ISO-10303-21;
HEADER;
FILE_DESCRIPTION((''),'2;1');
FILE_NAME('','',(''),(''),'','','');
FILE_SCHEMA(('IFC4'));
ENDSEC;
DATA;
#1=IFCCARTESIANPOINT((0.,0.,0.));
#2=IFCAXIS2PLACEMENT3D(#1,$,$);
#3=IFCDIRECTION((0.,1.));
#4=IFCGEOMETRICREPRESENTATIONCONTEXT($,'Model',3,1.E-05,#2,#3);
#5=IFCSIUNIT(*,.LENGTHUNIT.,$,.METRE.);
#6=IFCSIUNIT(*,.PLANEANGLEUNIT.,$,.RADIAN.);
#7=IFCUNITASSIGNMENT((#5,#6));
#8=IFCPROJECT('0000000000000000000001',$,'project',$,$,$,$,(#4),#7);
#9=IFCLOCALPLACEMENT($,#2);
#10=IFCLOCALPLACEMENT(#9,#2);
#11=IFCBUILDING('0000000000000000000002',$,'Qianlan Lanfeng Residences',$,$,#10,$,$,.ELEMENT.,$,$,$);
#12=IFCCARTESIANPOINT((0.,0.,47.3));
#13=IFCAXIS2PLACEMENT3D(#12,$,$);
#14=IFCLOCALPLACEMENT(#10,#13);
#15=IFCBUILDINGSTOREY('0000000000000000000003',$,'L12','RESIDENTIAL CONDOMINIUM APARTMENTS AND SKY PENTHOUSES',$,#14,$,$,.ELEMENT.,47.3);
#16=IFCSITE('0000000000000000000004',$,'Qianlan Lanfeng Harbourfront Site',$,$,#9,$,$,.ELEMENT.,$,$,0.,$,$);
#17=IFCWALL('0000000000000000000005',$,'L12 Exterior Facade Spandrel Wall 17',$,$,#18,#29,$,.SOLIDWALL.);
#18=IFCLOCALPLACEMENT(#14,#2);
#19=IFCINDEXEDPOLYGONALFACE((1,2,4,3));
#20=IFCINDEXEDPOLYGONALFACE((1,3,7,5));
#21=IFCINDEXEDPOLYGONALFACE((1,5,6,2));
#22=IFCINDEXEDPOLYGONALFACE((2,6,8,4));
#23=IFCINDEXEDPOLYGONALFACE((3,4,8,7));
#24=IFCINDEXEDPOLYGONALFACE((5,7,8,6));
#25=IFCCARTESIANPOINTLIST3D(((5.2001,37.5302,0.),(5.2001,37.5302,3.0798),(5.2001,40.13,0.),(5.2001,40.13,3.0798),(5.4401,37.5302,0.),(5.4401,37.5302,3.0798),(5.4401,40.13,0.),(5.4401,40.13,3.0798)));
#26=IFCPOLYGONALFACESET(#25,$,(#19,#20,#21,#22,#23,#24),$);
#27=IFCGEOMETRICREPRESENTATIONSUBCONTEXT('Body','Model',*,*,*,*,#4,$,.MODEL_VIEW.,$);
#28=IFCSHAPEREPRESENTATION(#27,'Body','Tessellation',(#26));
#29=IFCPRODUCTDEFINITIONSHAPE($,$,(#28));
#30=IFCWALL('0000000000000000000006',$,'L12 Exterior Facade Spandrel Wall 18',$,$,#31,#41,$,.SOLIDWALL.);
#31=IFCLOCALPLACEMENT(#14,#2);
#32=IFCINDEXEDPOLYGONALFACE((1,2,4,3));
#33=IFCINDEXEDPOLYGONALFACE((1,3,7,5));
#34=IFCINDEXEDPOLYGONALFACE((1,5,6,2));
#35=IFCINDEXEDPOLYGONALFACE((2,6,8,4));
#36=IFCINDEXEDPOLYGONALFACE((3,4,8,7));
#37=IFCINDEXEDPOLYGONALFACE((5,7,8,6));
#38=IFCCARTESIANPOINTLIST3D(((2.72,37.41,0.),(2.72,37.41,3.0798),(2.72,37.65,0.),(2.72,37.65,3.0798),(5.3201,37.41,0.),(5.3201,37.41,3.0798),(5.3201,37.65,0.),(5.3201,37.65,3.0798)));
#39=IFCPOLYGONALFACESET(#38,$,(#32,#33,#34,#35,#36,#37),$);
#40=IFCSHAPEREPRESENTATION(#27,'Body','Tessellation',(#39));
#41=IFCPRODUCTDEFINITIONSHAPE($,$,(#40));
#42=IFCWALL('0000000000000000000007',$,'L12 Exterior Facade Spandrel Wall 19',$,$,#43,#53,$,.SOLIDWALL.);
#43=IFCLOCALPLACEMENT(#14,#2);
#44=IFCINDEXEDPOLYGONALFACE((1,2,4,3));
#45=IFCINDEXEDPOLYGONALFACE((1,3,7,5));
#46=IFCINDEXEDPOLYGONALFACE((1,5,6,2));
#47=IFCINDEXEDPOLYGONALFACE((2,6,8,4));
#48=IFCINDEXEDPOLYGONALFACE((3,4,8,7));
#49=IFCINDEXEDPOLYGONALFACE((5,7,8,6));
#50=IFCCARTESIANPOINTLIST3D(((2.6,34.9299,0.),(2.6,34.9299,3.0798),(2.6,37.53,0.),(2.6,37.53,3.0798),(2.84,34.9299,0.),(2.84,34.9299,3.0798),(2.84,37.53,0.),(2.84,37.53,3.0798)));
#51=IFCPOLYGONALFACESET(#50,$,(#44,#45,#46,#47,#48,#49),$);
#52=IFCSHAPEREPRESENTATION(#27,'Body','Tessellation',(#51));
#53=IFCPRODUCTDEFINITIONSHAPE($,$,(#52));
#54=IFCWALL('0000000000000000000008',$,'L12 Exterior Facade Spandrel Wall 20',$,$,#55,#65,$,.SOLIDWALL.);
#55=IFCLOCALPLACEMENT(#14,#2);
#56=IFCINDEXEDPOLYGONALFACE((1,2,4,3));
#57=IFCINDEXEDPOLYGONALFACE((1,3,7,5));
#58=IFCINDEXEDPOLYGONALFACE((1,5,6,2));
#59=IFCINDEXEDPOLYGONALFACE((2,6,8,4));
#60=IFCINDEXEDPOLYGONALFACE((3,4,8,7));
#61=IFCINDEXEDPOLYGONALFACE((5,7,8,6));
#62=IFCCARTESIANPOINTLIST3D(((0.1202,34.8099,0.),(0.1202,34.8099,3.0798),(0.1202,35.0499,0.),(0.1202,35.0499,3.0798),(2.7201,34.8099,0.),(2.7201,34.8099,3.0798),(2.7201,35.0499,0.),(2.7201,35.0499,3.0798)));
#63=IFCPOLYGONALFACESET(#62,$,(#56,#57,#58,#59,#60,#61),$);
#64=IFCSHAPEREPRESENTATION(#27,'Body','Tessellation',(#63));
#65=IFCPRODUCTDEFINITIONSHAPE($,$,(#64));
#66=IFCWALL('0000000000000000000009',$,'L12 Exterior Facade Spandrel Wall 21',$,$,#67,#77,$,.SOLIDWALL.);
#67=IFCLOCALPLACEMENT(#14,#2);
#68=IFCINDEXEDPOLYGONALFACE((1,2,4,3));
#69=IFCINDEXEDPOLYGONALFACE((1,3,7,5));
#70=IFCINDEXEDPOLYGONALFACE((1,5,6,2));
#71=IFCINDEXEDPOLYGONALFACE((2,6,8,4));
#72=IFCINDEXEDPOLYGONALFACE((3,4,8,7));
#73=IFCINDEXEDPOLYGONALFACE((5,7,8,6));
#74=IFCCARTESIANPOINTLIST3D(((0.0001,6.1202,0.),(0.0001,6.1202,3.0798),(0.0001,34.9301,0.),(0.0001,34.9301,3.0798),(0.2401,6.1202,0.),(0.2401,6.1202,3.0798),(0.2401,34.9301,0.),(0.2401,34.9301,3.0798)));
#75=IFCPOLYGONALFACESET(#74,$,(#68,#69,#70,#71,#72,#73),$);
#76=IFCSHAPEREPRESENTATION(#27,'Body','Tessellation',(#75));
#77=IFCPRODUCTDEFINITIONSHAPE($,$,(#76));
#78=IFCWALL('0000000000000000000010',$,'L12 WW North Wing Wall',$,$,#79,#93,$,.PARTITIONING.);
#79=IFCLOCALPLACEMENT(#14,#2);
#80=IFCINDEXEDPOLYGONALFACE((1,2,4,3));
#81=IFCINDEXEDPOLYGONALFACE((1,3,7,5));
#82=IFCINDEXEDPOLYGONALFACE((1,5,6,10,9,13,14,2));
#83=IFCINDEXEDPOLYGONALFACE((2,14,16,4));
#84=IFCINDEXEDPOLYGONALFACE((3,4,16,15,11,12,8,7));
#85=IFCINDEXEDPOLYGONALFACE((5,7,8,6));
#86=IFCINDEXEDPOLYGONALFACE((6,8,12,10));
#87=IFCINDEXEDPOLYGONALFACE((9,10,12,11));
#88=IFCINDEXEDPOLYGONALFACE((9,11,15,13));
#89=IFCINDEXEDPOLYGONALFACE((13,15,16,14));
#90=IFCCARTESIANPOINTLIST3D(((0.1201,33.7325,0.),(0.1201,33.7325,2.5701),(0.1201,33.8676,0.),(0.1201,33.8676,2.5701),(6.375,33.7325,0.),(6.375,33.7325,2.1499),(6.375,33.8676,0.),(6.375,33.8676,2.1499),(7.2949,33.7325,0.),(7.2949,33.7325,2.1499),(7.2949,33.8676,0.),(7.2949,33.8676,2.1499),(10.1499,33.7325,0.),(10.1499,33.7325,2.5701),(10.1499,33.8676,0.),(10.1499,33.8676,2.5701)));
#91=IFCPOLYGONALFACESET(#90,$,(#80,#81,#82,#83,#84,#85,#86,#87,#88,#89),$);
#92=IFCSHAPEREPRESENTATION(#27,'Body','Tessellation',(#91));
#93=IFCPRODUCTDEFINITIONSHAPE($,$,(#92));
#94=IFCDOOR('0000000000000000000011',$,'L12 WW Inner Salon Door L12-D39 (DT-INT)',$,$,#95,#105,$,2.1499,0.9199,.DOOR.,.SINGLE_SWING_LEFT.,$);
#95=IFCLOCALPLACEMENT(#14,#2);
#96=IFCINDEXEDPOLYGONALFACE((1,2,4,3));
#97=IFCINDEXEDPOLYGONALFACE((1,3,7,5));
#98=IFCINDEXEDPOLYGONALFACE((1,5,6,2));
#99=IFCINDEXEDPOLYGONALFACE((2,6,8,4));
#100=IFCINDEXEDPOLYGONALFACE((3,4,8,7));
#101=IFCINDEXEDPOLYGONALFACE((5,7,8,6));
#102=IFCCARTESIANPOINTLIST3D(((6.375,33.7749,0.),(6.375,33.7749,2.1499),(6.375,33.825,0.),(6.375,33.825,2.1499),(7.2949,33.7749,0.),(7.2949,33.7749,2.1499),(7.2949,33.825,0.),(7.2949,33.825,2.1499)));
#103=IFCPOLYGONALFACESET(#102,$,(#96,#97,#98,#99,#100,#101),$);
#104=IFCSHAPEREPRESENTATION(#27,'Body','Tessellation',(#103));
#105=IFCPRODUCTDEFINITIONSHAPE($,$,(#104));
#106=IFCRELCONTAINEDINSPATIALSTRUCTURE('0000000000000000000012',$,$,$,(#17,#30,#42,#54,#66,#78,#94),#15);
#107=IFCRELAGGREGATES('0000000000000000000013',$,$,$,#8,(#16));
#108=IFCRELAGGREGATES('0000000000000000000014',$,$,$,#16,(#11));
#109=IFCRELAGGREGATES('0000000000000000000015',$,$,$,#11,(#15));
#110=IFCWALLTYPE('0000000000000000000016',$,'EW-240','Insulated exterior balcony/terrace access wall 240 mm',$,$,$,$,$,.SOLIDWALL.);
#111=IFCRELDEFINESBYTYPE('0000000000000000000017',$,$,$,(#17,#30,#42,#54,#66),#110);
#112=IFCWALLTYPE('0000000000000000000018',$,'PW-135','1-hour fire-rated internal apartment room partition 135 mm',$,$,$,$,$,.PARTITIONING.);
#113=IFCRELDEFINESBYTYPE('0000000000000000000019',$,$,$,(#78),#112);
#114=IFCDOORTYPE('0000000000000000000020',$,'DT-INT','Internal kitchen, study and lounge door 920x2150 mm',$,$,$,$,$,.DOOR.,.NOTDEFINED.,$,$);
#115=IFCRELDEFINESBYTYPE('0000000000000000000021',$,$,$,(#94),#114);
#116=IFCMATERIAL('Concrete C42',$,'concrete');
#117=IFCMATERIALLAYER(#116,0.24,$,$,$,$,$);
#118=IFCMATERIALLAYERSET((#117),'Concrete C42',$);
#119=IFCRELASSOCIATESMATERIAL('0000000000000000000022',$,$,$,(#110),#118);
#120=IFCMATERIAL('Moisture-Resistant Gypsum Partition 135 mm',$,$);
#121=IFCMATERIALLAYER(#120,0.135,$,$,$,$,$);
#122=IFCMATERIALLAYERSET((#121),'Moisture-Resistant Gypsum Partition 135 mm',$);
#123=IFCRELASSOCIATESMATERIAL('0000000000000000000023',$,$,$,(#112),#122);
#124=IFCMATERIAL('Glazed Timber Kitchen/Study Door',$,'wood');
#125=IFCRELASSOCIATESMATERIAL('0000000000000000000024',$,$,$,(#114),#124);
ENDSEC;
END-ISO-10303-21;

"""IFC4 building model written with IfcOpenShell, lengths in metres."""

from ifc_helpers import new_model, si_unit, direction, frame, frame_2d, origin, place, context, subcontext, project, spatial, rectangle, extrude, material, layer, layer_set, type_object, element, fill, save


model = new_model("IFC4")

# Units and contexts
model_context = context("Model", 3, precision=1e-05, world=origin(), true_north=direction((0.0, 1.0)))
body_context = subcontext(model_context, "Body", "Model", "MODEL_VIEW")
ifc_project = project(units=[si_unit("LENGTHUNIT", "METRE"), si_unit("PLANEANGLEUNIT", "RADIAN")], contexts=[model_context])

# Site, building, storey
site_placement = place(None, origin())
site = spatial("IfcSite", under=ifc_project, at=site_placement, Name="Qianlan Lanfeng Harbourfront Site", CompositionType="ELEMENT", RefElevation=0.0)
building_placement = place(site_placement, origin())
building = spatial("IfcBuilding", under=site, at=building_placement, Name="Qianlan Lanfeng Residences", CompositionType="ELEMENT")
storey_placement = place(building_placement, frame((0.0, 0.0, 47.3)))
storey = spatial("IfcBuildingStorey", under=building, at=storey_placement, Name="L12", Description="RESIDENTIAL CONDOMINIUM APARTMENTS AND SKY PENTHOUSES", CompositionType="ELEMENT", Elevation=47.3)

# Walls
ifc_material_1 = material(Name="Concrete C42", Category="concrete")
ifc_layer_1 = layer(ifc_material_1, 0.24)
ifc_layer_set_1 = layer_set([ifc_layer_1], Name="Concrete C42")
wall_type_1 = type_object("IfcWallType", Name="EW-240", Description="Insulated exterior balcony/terrace access wall 240 mm", PredefinedType="SOLIDWALL", material=ifc_layer_set_1)
wall_1_placement = place(storey_placement, frame((5.3201, 40.1299, 0.0), z_axis=(0.0, 0.0, 1.0), x_axis=(0.0, -1.0, 0.0)))
element("IfcWall", 1, at=wall_1_placement, inside=storey, type_object=wall_type_1, Name="L12 Exterior Facade Spandrel Wall 17", PredefinedType="SOLIDWALL", context=body_context, shape_type="SweptSolid", body=[
    extrude(rectangle(XDim=2.5999, YDim=0.24, at=frame_2d((1.2998, 0.0))), origin(), (0.0, 0.0, 1.0), 3.0798),
])
for number, where, z_axis, x_axis, name in (
    (2, (5.3201, 37.53, 0.0), (0.0, 0.0, 1.0), (-1.0, 0.0, 0.0), "L12 Exterior Facade Spandrel Wall 18"),
    (3, (2.72, 37.53, 0.0), (0.0, 0.0, 1.0), (0.0, -1.0, 0.0), "L12 Exterior Facade Spandrel Wall 19"),
):
    element("IfcWall", number, at=place(storey_placement, frame(where, z_axis=z_axis, x_axis=x_axis)), inside=storey, type_object=wall_type_1, Name=name, PredefinedType="SOLIDWALL", context=body_context, shape_type="SweptSolid", body=[
        extrude(rectangle(XDim=2.6001, YDim=0.24, at=frame_2d((1.3, 0.0))), origin(), (0.0, 0.0, 1.0), 3.0798),
    ])
wall_2_placement = place(storey_placement, frame((2.72, 34.9299, 0.0), z_axis=(0.0, 0.0, 1.0), x_axis=(-1.0, 0.0, 0.0)))
element("IfcWall", 4, at=wall_2_placement, inside=storey, type_object=wall_type_1, Name="L12 Exterior Facade Spandrel Wall 20", PredefinedType="SOLIDWALL", context=body_context, shape_type="SweptSolid", body=[
    extrude(rectangle(XDim=2.5999, YDim=0.24, at=frame_2d((1.2998, 0.0))), origin(), (0.0, 0.0, 1.0), 3.0798),
])
wall_3_placement = place(storey_placement, frame((0.1201, 34.9299, 0.0), z_axis=(0.0, 0.0, 1.0), x_axis=(0.0, -1.0, 0.0)))
element("IfcWall", 5, at=wall_3_placement, inside=storey, type_object=wall_type_1, Name="L12 Exterior Facade Spandrel Wall 21", PredefinedType="SOLIDWALL", context=body_context, shape_type="SweptSolid", body=[
    extrude(rectangle(XDim=28.8098, YDim=0.24, at=frame_2d((14.4048, 0.0))), origin(), (0.0, 0.0, 1.0), 3.0798),
])

# Wall, opening, door
ifc_material_2 = material(Name="Moisture-Resistant Gypsum Partition 135 mm")
ifc_layer_2 = layer(ifc_material_2, 0.135)
ifc_layer_set_2 = layer_set([ifc_layer_2], Name="Moisture-Resistant Gypsum Partition 135 mm")
wall_type_2 = type_object("IfcWallType", Name="PW-135", Description="1-hour fire-rated internal apartment room partition 135 mm", PredefinedType="PARTITIONING", material=ifc_layer_set_2)
wall_4_placement = place(storey_placement, frame((0.1201, 33.8, 0.0), z_axis=(0.0, 0.0, 1.0), x_axis=(1.0, 0.0, 0.0)))
wall_4 = element("IfcWall", 6, at=wall_4_placement, inside=storey, type_object=wall_type_2, Name="L12 WW North Wing Wall", PredefinedType="PARTITIONING", context=body_context, shape_type="SweptSolid", body=[
    extrude(rectangle(XDim=10.0298, YDim=0.135, at=frame_2d((5.0149, 0.0))), origin(), (0.0, 0.0, 1.0), 2.5701),
])
opening_1_placement = place(wall_4_placement, frame((6.2549, 0.0, 0.0)))
opening_1 = element("IfcOpeningElement", 7, at=opening_1_placement, cuts=wall_4, PredefinedType="OPENING", context=body_context, shape_type="SweptSolid", body=[
    extrude(rectangle(XDim=0.9199, YDim=2.1499, at=frame_2d((0.46, 1.075))), frame((0.0, 0.0776, 0.0), z_axis=(0.0, -1.0, 0.0), x_axis=(1.0, 0.0, 0.0)), (0.0, 0.0, 1.0), 0.155),
])
ifc_material_3 = material(Name="Glazed Timber Kitchen/Study Door", Category="wood")
door_type_1 = type_object("IfcDoorType", Name="DT-INT", Description="Internal kitchen, study and lounge door 920x2150 mm", OperationType="NOTDEFINED", PredefinedType="DOOR", material=ifc_material_3)
door_1_placement = place(opening_1_placement, origin())
door_1 = element("IfcDoor", 8, at=door_1_placement, inside=storey, type_object=door_type_1, Name="L12 WW Inner Salon Door L12-D39 (DT-INT)", OperationType="SINGLE_SWING_LEFT", OverallHeight=2.1499, OverallWidth=0.9199, PredefinedType="DOOR", context=body_context, shape_type="SweptSolid", body=[
    extrude(rectangle(XDim=0.9199, YDim=2.1499, at=frame_2d((0.46, 1.075))), frame((0.0, 0.0249, 0.0), z_axis=(0.0, -1.0, 0.0), x_axis=(1.0, 0.0, 0.0)), (0.0, 0.0, 1.0), 0.05),
])
fill(opening_1, door_1)

save(model, "model.ifc")
